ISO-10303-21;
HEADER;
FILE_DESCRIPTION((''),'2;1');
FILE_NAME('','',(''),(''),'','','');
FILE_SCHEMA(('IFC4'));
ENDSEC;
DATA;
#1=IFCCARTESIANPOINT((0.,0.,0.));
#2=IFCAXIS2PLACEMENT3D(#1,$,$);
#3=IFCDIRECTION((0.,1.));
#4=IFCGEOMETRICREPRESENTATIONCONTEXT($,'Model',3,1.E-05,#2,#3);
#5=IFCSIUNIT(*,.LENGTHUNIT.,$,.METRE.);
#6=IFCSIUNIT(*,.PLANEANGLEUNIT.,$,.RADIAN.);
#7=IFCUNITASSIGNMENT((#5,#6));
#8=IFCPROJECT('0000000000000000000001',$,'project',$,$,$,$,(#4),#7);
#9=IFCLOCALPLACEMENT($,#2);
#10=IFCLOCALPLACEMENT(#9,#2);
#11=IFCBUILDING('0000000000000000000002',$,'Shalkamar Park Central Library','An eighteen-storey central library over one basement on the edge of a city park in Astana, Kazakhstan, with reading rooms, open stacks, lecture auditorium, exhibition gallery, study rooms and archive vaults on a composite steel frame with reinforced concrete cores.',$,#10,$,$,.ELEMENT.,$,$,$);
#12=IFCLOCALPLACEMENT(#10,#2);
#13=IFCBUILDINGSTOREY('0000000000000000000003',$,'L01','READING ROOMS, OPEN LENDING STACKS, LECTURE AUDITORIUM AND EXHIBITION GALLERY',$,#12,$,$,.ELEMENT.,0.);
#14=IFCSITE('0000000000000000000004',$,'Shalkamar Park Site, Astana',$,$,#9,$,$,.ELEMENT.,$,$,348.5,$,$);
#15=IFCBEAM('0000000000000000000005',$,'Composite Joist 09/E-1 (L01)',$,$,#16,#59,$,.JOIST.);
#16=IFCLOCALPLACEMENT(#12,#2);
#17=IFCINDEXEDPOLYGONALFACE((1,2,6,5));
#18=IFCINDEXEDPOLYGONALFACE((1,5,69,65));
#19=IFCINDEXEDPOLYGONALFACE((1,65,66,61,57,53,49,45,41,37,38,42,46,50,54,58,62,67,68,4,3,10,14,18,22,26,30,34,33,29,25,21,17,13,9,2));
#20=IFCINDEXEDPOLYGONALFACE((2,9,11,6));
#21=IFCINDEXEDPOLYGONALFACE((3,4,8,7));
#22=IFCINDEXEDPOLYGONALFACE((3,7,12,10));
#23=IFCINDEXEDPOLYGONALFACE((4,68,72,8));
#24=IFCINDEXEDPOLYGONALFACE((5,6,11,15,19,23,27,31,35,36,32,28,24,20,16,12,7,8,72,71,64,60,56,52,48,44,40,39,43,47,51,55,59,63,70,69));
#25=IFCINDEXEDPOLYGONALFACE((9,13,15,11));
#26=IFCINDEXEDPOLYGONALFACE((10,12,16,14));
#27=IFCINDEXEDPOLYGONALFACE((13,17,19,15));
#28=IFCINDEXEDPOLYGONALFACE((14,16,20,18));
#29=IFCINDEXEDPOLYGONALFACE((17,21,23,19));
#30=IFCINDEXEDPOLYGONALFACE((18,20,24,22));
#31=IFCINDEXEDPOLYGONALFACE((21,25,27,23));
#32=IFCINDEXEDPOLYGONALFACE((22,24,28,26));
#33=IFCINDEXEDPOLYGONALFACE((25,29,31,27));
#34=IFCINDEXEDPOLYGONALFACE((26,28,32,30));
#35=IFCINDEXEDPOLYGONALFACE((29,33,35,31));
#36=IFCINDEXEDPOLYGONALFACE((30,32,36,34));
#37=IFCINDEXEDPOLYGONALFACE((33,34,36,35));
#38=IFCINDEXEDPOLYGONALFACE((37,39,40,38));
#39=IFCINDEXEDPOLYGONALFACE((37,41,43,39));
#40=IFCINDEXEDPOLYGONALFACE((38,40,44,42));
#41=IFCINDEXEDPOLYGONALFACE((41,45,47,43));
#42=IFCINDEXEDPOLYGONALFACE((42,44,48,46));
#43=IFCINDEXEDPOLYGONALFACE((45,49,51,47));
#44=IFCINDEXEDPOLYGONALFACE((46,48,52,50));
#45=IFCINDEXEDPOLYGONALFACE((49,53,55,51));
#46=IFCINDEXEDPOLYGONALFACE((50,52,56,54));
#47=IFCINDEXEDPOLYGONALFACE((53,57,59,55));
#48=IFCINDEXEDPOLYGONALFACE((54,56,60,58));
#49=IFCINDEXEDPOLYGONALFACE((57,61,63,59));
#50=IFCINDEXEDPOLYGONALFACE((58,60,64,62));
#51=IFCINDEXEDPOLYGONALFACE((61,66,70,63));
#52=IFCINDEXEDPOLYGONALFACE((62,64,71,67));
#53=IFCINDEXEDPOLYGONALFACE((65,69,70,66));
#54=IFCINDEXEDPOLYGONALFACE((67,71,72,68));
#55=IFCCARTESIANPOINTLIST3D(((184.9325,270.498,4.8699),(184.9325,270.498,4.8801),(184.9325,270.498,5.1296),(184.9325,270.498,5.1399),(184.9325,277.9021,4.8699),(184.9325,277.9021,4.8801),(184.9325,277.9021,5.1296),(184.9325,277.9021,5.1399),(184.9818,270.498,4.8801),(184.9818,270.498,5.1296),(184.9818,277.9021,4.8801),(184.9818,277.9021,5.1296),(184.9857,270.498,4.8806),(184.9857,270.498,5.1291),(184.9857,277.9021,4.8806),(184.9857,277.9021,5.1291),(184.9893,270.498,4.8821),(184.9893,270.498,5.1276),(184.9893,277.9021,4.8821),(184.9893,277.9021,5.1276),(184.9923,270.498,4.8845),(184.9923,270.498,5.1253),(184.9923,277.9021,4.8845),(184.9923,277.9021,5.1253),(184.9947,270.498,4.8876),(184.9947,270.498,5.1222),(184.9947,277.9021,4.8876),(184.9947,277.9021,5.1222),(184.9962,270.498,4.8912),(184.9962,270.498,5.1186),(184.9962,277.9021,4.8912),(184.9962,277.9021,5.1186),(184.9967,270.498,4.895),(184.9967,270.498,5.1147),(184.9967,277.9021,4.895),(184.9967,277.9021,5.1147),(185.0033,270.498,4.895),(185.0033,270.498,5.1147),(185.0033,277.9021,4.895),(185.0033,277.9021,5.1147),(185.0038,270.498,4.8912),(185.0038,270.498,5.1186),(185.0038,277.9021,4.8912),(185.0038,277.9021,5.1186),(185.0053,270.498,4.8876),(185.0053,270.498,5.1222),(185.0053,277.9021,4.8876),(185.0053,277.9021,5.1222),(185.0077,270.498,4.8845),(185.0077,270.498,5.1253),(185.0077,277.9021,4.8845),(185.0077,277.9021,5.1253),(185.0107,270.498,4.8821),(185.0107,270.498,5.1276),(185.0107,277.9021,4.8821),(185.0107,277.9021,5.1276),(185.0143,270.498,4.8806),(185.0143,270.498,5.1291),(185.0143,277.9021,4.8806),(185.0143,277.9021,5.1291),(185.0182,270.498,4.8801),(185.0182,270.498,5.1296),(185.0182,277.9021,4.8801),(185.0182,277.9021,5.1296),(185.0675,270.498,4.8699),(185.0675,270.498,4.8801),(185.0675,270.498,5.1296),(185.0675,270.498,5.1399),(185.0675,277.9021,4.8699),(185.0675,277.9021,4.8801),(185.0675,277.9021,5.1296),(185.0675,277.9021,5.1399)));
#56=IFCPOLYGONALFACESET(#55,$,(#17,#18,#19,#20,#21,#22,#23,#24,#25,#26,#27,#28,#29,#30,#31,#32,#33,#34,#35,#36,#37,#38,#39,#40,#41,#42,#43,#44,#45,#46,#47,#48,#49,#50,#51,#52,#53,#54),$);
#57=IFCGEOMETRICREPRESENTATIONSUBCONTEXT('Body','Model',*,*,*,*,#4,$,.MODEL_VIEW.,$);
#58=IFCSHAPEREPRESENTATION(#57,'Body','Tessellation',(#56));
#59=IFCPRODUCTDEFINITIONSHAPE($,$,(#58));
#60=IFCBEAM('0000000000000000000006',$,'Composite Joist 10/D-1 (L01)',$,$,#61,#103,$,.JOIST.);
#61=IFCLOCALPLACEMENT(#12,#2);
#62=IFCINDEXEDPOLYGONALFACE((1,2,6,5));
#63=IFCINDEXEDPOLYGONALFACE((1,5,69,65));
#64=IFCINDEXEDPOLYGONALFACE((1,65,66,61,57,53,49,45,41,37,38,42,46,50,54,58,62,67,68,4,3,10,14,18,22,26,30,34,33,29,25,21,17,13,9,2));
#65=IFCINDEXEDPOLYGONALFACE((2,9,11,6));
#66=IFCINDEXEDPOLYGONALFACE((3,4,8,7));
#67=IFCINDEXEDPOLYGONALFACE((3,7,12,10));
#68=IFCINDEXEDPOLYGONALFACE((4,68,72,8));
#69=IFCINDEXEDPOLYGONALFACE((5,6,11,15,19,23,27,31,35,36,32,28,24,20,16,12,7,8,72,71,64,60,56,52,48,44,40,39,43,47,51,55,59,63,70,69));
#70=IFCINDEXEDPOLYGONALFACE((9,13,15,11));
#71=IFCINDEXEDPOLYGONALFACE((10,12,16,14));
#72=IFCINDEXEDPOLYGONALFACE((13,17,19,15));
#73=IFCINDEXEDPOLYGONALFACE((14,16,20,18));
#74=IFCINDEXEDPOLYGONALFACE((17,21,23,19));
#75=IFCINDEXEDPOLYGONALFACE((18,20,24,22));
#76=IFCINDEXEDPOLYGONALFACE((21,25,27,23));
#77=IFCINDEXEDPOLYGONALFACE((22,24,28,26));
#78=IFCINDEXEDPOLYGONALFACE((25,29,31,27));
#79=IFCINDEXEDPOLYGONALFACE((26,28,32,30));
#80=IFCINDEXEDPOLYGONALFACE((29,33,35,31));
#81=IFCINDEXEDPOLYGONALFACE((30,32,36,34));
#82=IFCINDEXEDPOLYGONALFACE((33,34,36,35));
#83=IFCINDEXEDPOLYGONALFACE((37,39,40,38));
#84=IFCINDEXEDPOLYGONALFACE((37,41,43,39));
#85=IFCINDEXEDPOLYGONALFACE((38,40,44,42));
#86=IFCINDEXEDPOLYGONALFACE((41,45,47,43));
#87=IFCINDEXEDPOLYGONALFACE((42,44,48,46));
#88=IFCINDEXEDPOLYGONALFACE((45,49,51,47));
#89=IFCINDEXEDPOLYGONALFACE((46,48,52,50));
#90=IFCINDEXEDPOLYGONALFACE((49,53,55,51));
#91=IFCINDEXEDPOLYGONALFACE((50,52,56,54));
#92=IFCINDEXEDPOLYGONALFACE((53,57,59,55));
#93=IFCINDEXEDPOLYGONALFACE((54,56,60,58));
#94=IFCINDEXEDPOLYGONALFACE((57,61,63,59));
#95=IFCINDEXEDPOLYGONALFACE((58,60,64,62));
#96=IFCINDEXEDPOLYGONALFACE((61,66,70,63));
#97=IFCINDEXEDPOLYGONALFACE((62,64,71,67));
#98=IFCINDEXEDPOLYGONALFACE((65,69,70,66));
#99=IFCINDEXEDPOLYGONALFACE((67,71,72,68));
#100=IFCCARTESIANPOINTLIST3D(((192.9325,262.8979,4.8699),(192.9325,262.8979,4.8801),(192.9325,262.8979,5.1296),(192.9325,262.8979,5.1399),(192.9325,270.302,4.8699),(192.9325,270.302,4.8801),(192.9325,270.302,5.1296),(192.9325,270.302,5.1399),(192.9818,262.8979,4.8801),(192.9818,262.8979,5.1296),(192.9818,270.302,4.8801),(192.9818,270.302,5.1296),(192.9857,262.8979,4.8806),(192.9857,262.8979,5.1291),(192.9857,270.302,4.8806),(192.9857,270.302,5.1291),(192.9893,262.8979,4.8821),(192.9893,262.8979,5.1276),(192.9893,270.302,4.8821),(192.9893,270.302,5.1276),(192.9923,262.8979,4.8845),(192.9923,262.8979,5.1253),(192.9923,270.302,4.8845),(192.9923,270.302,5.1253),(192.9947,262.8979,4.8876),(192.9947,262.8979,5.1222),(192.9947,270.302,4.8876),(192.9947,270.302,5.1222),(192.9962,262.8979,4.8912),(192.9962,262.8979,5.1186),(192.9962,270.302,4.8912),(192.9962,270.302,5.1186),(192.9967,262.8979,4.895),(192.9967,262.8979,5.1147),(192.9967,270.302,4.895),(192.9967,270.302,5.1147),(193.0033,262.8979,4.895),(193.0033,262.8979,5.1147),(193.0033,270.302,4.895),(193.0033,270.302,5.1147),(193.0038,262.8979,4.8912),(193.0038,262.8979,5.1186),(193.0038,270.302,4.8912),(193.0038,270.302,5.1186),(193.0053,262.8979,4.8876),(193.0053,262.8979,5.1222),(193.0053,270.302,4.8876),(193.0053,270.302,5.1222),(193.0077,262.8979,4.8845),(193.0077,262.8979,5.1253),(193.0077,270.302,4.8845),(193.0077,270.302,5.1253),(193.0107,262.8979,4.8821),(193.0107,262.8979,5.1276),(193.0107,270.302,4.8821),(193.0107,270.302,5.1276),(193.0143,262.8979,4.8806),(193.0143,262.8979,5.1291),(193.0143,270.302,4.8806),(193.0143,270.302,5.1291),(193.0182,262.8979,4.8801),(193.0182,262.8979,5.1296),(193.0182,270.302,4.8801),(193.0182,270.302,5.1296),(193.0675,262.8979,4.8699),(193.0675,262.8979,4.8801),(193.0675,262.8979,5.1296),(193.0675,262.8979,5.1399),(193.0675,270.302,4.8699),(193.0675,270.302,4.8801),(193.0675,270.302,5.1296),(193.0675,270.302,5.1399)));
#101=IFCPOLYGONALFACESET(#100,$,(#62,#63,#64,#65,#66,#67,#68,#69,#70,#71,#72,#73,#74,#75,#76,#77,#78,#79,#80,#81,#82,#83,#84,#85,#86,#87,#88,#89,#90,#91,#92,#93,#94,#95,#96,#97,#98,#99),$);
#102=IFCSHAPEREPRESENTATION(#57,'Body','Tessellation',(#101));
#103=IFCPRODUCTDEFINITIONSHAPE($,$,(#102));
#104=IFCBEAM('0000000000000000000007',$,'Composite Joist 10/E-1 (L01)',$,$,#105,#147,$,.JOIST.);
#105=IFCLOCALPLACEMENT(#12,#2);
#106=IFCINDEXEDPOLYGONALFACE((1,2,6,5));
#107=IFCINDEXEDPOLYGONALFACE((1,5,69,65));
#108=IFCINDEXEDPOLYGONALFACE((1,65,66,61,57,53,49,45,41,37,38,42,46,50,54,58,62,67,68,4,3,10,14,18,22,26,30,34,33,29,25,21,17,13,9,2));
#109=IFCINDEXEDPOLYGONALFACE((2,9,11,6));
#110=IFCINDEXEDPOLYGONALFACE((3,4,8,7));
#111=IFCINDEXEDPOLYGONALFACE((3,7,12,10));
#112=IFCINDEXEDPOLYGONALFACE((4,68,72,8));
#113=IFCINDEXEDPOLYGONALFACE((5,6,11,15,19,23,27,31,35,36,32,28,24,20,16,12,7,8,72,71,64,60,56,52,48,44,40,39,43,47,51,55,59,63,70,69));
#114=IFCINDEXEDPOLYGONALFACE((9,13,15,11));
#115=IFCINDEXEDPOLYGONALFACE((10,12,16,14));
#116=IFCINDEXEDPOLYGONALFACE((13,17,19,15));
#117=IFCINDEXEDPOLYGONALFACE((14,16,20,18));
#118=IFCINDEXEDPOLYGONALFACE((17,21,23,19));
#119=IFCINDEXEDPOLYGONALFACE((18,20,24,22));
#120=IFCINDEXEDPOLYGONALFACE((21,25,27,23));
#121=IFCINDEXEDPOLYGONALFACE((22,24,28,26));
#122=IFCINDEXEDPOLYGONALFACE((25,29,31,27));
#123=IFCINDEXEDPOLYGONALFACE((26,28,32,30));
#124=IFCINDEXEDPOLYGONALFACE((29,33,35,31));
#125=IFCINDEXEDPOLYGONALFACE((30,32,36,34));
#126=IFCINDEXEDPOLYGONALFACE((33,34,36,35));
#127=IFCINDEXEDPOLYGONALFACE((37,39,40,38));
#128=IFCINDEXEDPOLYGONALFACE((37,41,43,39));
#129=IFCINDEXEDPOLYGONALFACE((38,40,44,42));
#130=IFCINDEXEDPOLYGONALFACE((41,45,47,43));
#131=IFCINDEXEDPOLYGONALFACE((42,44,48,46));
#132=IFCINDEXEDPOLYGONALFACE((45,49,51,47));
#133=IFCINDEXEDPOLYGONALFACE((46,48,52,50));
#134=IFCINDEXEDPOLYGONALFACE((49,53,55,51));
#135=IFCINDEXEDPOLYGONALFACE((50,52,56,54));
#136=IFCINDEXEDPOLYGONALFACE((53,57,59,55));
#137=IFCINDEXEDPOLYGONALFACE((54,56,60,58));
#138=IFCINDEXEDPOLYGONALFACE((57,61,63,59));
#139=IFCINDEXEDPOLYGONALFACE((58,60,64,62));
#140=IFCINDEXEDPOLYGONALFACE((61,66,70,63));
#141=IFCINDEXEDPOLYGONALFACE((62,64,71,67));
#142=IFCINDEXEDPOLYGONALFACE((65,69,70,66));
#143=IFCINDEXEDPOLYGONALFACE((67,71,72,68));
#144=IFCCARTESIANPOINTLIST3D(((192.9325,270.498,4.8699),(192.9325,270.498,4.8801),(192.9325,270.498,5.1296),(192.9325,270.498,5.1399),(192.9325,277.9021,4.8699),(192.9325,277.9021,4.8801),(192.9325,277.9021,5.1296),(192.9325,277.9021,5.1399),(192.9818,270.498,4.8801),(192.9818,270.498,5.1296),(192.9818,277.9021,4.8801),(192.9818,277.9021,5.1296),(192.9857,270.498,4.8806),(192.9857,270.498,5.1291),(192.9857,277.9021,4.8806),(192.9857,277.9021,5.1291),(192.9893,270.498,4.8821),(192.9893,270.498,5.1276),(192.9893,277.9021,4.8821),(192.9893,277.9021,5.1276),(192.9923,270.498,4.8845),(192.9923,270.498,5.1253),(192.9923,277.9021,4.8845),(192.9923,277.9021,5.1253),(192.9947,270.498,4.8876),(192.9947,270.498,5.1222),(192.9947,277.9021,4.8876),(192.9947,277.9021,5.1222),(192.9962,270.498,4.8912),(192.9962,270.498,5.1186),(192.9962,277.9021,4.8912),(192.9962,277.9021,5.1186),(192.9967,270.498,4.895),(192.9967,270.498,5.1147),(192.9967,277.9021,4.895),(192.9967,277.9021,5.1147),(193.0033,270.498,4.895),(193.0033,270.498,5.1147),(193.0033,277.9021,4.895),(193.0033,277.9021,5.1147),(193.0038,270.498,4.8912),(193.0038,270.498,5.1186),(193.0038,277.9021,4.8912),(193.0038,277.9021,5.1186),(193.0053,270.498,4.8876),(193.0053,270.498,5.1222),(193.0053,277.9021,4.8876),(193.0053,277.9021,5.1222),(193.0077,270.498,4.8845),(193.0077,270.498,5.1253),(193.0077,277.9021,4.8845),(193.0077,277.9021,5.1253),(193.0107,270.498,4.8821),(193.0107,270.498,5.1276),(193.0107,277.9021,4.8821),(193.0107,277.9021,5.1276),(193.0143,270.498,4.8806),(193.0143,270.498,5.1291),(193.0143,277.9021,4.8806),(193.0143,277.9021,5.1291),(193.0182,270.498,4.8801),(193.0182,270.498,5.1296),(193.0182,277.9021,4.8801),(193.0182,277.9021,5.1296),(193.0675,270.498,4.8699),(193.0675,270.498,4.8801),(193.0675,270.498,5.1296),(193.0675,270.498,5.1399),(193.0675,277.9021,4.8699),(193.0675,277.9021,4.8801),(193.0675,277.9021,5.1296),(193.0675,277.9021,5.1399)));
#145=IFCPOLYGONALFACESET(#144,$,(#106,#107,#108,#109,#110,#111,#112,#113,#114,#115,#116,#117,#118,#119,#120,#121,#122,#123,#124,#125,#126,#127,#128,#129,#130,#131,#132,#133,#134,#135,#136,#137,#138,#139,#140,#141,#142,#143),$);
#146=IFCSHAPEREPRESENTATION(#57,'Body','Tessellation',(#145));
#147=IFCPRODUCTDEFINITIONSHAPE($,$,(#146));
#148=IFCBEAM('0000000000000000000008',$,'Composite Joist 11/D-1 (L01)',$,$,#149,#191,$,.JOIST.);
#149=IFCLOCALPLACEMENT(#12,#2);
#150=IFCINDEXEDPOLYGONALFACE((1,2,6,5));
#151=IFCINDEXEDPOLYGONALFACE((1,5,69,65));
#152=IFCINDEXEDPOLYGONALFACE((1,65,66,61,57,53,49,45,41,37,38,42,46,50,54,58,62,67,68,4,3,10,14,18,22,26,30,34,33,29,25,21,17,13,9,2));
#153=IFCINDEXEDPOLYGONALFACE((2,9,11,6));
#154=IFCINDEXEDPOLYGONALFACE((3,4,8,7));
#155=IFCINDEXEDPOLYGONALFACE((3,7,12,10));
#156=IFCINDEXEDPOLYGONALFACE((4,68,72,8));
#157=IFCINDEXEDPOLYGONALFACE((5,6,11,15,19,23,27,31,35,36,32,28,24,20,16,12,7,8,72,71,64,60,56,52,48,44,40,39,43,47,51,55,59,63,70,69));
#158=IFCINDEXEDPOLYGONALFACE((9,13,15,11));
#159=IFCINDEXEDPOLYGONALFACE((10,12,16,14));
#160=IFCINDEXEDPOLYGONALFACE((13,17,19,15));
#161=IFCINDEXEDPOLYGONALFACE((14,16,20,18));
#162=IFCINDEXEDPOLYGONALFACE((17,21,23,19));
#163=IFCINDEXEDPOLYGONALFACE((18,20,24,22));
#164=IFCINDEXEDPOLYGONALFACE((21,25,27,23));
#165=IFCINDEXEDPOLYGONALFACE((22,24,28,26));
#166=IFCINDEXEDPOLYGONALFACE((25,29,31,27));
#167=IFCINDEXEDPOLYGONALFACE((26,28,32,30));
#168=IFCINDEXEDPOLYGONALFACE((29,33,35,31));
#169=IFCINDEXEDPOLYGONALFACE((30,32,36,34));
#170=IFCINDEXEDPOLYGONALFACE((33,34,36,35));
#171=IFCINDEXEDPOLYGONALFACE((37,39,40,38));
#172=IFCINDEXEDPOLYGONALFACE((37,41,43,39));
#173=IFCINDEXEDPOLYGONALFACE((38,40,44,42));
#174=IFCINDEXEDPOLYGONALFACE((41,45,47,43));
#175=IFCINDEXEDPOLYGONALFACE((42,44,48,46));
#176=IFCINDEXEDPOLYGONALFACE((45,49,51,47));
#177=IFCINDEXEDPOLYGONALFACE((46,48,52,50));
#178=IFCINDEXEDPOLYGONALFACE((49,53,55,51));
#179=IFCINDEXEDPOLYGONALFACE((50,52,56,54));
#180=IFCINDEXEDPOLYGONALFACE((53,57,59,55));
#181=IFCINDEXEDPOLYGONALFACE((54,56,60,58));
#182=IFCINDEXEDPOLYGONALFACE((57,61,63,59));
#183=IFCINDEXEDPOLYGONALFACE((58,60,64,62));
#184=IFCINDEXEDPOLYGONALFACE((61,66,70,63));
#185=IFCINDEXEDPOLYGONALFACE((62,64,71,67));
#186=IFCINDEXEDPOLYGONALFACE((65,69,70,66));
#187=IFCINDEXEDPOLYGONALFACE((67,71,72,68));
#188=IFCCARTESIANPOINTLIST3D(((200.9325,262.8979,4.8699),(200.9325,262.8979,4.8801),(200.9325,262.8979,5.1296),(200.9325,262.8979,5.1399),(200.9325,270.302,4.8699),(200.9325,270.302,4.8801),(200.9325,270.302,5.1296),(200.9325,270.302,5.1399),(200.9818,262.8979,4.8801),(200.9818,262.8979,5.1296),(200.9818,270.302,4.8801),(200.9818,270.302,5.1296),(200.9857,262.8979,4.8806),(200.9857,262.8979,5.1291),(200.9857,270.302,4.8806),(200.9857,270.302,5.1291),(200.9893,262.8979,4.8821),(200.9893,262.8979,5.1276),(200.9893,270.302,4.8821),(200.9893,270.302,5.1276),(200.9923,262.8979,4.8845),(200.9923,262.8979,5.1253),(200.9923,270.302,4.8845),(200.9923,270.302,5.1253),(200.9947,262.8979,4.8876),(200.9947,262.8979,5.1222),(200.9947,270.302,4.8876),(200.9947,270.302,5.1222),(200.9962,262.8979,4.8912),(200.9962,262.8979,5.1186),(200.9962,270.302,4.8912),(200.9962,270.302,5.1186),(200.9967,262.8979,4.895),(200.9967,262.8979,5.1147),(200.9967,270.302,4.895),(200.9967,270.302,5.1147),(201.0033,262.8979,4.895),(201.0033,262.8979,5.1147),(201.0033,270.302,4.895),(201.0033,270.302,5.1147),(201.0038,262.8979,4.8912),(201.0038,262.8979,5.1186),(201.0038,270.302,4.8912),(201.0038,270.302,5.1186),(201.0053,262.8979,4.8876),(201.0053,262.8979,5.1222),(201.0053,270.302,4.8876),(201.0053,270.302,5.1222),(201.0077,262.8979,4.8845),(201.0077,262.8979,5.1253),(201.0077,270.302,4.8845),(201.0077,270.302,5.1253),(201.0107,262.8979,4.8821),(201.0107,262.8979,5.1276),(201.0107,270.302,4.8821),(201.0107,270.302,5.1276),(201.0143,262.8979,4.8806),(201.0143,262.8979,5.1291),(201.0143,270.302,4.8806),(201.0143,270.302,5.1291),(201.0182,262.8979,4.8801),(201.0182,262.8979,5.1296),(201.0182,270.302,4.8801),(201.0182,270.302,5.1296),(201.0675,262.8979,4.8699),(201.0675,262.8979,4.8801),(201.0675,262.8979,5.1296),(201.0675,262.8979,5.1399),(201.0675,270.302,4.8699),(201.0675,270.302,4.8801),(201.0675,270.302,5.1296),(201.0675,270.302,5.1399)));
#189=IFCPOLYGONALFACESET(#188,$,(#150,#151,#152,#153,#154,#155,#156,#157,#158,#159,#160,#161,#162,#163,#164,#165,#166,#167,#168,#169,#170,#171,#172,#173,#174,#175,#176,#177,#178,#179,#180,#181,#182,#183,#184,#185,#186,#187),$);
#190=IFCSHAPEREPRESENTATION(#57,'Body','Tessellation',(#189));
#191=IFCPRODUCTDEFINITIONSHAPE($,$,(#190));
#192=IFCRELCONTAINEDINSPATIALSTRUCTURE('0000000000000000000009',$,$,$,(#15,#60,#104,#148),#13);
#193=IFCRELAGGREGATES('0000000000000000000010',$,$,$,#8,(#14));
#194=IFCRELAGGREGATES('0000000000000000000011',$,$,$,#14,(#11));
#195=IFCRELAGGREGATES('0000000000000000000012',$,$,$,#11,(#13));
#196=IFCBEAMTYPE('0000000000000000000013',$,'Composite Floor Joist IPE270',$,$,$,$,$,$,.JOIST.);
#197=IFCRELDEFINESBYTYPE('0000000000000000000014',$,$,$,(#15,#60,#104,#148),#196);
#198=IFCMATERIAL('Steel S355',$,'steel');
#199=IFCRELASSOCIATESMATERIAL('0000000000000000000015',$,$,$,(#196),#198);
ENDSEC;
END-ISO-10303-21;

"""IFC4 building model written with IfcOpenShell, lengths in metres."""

from ifc_helpers import new_model, si_unit, direction, frame, origin, origin_2d, place, context, subcontext, project, spatial, i_section, extrude, material, material_profile, profile_set, type_object, element, save


model = new_model("IFC4")

# Units and contexts
model_context = context("Model", 3, precision=1e-05, world=origin(), true_north=direction((0.0, 1.0)))
body_context = subcontext(model_context, "Body", "Model", "MODEL_VIEW")
ifc_project = project(units=[si_unit("LENGTHUNIT", "METRE"), si_unit("PLANEANGLEUNIT", "RADIAN")], contexts=[model_context])

# Site, building, storey
site_placement = place(None, origin())
site = spatial("IfcSite", under=ifc_project, at=site_placement, Name="Shalkamar Park Site, Astana", CompositionType="ELEMENT", RefElevation=348.5)
building_placement = place(site_placement, origin())
building = spatial("IfcBuilding", under=site, at=building_placement, Name="Shalkamar Park Central Library", Description="An eighteen-storey central library over one basement on the edge of a city park in Astana, Kazakhstan, with reading rooms, open stacks, lecture auditorium, exhibition gallery, study rooms and archive vaults on a composite steel frame with reinforced concrete cores.", CompositionType="ELEMENT")
storey_placement = place(building_placement, origin())
storey = spatial("IfcBuildingStorey", under=building, at=storey_placement, Name="L01", Description="READING ROOMS, OPEN LENDING STACKS, LECTURE AUDITORIUM AND EXHIBITION GALLERY", CompositionType="ELEMENT", Elevation=0.0)

# Shared definitions
ifc_material = material(Name="Steel S355", Category="steel")

# Beams
ifc_material_profile_1 = material_profile(ifc_material, i_section(OverallWidth=0.135, OverallDepth=0.27, WebThickness=0.0066, FlangeThickness=0.0103, FilletRadius=0.0149, at=origin_2d()), Name="IPE 270")
ifc_profile_set_1 = profile_set([ifc_material_profile_1], Name="Steel S355")
beam_type_1 = type_object("IfcBeamType", Name="Composite Floor Joist IPE270", PredefinedType="JOIST", material=ifc_profile_set_1)
for number, where, z_axis, x_axis, name in (
    (1, (185.0, 270.498, 5.0049), (0.0, 1.0, 0.0), (-1.0, 0.0, 0.0), "Composite Joist 09/E-1 (L01)"),
    (2, (193.0, 262.8979, 5.0049), (0.0, 1.0, 0.0), (-1.0, 0.0, 0.0), "Composite Joist 10/D-1 (L01)"),
    (3, (193.0, 270.498, 5.0049), (0.0, 1.0, 0.0), (-1.0, 0.0, 0.0), "Composite Joist 10/E-1 (L01)"),
    (4, (201.0, 262.8979, 5.0049), (0.0, 1.0, 0.0), (-1.0, 0.0, 0.0), "Composite Joist 11/D-1 (L01)"),
):
    element("IfcBeam", number, at=place(storey_placement, frame(where, z_axis=z_axis, x_axis=x_axis)), inside=storey, type_object=beam_type_1, Name=name, PredefinedType="JOIST", context=body_context, shape_type="SweptSolid", body=[
        extrude(i_section(OverallWidth=0.135, OverallDepth=0.27, WebThickness=0.0066, FlangeThickness=0.0103, FilletRadius=0.0149, at=origin_2d()), origin(), (0.0, 0.0, 1.0), 7.4041),
    ])

save(model, "model.ifc")
